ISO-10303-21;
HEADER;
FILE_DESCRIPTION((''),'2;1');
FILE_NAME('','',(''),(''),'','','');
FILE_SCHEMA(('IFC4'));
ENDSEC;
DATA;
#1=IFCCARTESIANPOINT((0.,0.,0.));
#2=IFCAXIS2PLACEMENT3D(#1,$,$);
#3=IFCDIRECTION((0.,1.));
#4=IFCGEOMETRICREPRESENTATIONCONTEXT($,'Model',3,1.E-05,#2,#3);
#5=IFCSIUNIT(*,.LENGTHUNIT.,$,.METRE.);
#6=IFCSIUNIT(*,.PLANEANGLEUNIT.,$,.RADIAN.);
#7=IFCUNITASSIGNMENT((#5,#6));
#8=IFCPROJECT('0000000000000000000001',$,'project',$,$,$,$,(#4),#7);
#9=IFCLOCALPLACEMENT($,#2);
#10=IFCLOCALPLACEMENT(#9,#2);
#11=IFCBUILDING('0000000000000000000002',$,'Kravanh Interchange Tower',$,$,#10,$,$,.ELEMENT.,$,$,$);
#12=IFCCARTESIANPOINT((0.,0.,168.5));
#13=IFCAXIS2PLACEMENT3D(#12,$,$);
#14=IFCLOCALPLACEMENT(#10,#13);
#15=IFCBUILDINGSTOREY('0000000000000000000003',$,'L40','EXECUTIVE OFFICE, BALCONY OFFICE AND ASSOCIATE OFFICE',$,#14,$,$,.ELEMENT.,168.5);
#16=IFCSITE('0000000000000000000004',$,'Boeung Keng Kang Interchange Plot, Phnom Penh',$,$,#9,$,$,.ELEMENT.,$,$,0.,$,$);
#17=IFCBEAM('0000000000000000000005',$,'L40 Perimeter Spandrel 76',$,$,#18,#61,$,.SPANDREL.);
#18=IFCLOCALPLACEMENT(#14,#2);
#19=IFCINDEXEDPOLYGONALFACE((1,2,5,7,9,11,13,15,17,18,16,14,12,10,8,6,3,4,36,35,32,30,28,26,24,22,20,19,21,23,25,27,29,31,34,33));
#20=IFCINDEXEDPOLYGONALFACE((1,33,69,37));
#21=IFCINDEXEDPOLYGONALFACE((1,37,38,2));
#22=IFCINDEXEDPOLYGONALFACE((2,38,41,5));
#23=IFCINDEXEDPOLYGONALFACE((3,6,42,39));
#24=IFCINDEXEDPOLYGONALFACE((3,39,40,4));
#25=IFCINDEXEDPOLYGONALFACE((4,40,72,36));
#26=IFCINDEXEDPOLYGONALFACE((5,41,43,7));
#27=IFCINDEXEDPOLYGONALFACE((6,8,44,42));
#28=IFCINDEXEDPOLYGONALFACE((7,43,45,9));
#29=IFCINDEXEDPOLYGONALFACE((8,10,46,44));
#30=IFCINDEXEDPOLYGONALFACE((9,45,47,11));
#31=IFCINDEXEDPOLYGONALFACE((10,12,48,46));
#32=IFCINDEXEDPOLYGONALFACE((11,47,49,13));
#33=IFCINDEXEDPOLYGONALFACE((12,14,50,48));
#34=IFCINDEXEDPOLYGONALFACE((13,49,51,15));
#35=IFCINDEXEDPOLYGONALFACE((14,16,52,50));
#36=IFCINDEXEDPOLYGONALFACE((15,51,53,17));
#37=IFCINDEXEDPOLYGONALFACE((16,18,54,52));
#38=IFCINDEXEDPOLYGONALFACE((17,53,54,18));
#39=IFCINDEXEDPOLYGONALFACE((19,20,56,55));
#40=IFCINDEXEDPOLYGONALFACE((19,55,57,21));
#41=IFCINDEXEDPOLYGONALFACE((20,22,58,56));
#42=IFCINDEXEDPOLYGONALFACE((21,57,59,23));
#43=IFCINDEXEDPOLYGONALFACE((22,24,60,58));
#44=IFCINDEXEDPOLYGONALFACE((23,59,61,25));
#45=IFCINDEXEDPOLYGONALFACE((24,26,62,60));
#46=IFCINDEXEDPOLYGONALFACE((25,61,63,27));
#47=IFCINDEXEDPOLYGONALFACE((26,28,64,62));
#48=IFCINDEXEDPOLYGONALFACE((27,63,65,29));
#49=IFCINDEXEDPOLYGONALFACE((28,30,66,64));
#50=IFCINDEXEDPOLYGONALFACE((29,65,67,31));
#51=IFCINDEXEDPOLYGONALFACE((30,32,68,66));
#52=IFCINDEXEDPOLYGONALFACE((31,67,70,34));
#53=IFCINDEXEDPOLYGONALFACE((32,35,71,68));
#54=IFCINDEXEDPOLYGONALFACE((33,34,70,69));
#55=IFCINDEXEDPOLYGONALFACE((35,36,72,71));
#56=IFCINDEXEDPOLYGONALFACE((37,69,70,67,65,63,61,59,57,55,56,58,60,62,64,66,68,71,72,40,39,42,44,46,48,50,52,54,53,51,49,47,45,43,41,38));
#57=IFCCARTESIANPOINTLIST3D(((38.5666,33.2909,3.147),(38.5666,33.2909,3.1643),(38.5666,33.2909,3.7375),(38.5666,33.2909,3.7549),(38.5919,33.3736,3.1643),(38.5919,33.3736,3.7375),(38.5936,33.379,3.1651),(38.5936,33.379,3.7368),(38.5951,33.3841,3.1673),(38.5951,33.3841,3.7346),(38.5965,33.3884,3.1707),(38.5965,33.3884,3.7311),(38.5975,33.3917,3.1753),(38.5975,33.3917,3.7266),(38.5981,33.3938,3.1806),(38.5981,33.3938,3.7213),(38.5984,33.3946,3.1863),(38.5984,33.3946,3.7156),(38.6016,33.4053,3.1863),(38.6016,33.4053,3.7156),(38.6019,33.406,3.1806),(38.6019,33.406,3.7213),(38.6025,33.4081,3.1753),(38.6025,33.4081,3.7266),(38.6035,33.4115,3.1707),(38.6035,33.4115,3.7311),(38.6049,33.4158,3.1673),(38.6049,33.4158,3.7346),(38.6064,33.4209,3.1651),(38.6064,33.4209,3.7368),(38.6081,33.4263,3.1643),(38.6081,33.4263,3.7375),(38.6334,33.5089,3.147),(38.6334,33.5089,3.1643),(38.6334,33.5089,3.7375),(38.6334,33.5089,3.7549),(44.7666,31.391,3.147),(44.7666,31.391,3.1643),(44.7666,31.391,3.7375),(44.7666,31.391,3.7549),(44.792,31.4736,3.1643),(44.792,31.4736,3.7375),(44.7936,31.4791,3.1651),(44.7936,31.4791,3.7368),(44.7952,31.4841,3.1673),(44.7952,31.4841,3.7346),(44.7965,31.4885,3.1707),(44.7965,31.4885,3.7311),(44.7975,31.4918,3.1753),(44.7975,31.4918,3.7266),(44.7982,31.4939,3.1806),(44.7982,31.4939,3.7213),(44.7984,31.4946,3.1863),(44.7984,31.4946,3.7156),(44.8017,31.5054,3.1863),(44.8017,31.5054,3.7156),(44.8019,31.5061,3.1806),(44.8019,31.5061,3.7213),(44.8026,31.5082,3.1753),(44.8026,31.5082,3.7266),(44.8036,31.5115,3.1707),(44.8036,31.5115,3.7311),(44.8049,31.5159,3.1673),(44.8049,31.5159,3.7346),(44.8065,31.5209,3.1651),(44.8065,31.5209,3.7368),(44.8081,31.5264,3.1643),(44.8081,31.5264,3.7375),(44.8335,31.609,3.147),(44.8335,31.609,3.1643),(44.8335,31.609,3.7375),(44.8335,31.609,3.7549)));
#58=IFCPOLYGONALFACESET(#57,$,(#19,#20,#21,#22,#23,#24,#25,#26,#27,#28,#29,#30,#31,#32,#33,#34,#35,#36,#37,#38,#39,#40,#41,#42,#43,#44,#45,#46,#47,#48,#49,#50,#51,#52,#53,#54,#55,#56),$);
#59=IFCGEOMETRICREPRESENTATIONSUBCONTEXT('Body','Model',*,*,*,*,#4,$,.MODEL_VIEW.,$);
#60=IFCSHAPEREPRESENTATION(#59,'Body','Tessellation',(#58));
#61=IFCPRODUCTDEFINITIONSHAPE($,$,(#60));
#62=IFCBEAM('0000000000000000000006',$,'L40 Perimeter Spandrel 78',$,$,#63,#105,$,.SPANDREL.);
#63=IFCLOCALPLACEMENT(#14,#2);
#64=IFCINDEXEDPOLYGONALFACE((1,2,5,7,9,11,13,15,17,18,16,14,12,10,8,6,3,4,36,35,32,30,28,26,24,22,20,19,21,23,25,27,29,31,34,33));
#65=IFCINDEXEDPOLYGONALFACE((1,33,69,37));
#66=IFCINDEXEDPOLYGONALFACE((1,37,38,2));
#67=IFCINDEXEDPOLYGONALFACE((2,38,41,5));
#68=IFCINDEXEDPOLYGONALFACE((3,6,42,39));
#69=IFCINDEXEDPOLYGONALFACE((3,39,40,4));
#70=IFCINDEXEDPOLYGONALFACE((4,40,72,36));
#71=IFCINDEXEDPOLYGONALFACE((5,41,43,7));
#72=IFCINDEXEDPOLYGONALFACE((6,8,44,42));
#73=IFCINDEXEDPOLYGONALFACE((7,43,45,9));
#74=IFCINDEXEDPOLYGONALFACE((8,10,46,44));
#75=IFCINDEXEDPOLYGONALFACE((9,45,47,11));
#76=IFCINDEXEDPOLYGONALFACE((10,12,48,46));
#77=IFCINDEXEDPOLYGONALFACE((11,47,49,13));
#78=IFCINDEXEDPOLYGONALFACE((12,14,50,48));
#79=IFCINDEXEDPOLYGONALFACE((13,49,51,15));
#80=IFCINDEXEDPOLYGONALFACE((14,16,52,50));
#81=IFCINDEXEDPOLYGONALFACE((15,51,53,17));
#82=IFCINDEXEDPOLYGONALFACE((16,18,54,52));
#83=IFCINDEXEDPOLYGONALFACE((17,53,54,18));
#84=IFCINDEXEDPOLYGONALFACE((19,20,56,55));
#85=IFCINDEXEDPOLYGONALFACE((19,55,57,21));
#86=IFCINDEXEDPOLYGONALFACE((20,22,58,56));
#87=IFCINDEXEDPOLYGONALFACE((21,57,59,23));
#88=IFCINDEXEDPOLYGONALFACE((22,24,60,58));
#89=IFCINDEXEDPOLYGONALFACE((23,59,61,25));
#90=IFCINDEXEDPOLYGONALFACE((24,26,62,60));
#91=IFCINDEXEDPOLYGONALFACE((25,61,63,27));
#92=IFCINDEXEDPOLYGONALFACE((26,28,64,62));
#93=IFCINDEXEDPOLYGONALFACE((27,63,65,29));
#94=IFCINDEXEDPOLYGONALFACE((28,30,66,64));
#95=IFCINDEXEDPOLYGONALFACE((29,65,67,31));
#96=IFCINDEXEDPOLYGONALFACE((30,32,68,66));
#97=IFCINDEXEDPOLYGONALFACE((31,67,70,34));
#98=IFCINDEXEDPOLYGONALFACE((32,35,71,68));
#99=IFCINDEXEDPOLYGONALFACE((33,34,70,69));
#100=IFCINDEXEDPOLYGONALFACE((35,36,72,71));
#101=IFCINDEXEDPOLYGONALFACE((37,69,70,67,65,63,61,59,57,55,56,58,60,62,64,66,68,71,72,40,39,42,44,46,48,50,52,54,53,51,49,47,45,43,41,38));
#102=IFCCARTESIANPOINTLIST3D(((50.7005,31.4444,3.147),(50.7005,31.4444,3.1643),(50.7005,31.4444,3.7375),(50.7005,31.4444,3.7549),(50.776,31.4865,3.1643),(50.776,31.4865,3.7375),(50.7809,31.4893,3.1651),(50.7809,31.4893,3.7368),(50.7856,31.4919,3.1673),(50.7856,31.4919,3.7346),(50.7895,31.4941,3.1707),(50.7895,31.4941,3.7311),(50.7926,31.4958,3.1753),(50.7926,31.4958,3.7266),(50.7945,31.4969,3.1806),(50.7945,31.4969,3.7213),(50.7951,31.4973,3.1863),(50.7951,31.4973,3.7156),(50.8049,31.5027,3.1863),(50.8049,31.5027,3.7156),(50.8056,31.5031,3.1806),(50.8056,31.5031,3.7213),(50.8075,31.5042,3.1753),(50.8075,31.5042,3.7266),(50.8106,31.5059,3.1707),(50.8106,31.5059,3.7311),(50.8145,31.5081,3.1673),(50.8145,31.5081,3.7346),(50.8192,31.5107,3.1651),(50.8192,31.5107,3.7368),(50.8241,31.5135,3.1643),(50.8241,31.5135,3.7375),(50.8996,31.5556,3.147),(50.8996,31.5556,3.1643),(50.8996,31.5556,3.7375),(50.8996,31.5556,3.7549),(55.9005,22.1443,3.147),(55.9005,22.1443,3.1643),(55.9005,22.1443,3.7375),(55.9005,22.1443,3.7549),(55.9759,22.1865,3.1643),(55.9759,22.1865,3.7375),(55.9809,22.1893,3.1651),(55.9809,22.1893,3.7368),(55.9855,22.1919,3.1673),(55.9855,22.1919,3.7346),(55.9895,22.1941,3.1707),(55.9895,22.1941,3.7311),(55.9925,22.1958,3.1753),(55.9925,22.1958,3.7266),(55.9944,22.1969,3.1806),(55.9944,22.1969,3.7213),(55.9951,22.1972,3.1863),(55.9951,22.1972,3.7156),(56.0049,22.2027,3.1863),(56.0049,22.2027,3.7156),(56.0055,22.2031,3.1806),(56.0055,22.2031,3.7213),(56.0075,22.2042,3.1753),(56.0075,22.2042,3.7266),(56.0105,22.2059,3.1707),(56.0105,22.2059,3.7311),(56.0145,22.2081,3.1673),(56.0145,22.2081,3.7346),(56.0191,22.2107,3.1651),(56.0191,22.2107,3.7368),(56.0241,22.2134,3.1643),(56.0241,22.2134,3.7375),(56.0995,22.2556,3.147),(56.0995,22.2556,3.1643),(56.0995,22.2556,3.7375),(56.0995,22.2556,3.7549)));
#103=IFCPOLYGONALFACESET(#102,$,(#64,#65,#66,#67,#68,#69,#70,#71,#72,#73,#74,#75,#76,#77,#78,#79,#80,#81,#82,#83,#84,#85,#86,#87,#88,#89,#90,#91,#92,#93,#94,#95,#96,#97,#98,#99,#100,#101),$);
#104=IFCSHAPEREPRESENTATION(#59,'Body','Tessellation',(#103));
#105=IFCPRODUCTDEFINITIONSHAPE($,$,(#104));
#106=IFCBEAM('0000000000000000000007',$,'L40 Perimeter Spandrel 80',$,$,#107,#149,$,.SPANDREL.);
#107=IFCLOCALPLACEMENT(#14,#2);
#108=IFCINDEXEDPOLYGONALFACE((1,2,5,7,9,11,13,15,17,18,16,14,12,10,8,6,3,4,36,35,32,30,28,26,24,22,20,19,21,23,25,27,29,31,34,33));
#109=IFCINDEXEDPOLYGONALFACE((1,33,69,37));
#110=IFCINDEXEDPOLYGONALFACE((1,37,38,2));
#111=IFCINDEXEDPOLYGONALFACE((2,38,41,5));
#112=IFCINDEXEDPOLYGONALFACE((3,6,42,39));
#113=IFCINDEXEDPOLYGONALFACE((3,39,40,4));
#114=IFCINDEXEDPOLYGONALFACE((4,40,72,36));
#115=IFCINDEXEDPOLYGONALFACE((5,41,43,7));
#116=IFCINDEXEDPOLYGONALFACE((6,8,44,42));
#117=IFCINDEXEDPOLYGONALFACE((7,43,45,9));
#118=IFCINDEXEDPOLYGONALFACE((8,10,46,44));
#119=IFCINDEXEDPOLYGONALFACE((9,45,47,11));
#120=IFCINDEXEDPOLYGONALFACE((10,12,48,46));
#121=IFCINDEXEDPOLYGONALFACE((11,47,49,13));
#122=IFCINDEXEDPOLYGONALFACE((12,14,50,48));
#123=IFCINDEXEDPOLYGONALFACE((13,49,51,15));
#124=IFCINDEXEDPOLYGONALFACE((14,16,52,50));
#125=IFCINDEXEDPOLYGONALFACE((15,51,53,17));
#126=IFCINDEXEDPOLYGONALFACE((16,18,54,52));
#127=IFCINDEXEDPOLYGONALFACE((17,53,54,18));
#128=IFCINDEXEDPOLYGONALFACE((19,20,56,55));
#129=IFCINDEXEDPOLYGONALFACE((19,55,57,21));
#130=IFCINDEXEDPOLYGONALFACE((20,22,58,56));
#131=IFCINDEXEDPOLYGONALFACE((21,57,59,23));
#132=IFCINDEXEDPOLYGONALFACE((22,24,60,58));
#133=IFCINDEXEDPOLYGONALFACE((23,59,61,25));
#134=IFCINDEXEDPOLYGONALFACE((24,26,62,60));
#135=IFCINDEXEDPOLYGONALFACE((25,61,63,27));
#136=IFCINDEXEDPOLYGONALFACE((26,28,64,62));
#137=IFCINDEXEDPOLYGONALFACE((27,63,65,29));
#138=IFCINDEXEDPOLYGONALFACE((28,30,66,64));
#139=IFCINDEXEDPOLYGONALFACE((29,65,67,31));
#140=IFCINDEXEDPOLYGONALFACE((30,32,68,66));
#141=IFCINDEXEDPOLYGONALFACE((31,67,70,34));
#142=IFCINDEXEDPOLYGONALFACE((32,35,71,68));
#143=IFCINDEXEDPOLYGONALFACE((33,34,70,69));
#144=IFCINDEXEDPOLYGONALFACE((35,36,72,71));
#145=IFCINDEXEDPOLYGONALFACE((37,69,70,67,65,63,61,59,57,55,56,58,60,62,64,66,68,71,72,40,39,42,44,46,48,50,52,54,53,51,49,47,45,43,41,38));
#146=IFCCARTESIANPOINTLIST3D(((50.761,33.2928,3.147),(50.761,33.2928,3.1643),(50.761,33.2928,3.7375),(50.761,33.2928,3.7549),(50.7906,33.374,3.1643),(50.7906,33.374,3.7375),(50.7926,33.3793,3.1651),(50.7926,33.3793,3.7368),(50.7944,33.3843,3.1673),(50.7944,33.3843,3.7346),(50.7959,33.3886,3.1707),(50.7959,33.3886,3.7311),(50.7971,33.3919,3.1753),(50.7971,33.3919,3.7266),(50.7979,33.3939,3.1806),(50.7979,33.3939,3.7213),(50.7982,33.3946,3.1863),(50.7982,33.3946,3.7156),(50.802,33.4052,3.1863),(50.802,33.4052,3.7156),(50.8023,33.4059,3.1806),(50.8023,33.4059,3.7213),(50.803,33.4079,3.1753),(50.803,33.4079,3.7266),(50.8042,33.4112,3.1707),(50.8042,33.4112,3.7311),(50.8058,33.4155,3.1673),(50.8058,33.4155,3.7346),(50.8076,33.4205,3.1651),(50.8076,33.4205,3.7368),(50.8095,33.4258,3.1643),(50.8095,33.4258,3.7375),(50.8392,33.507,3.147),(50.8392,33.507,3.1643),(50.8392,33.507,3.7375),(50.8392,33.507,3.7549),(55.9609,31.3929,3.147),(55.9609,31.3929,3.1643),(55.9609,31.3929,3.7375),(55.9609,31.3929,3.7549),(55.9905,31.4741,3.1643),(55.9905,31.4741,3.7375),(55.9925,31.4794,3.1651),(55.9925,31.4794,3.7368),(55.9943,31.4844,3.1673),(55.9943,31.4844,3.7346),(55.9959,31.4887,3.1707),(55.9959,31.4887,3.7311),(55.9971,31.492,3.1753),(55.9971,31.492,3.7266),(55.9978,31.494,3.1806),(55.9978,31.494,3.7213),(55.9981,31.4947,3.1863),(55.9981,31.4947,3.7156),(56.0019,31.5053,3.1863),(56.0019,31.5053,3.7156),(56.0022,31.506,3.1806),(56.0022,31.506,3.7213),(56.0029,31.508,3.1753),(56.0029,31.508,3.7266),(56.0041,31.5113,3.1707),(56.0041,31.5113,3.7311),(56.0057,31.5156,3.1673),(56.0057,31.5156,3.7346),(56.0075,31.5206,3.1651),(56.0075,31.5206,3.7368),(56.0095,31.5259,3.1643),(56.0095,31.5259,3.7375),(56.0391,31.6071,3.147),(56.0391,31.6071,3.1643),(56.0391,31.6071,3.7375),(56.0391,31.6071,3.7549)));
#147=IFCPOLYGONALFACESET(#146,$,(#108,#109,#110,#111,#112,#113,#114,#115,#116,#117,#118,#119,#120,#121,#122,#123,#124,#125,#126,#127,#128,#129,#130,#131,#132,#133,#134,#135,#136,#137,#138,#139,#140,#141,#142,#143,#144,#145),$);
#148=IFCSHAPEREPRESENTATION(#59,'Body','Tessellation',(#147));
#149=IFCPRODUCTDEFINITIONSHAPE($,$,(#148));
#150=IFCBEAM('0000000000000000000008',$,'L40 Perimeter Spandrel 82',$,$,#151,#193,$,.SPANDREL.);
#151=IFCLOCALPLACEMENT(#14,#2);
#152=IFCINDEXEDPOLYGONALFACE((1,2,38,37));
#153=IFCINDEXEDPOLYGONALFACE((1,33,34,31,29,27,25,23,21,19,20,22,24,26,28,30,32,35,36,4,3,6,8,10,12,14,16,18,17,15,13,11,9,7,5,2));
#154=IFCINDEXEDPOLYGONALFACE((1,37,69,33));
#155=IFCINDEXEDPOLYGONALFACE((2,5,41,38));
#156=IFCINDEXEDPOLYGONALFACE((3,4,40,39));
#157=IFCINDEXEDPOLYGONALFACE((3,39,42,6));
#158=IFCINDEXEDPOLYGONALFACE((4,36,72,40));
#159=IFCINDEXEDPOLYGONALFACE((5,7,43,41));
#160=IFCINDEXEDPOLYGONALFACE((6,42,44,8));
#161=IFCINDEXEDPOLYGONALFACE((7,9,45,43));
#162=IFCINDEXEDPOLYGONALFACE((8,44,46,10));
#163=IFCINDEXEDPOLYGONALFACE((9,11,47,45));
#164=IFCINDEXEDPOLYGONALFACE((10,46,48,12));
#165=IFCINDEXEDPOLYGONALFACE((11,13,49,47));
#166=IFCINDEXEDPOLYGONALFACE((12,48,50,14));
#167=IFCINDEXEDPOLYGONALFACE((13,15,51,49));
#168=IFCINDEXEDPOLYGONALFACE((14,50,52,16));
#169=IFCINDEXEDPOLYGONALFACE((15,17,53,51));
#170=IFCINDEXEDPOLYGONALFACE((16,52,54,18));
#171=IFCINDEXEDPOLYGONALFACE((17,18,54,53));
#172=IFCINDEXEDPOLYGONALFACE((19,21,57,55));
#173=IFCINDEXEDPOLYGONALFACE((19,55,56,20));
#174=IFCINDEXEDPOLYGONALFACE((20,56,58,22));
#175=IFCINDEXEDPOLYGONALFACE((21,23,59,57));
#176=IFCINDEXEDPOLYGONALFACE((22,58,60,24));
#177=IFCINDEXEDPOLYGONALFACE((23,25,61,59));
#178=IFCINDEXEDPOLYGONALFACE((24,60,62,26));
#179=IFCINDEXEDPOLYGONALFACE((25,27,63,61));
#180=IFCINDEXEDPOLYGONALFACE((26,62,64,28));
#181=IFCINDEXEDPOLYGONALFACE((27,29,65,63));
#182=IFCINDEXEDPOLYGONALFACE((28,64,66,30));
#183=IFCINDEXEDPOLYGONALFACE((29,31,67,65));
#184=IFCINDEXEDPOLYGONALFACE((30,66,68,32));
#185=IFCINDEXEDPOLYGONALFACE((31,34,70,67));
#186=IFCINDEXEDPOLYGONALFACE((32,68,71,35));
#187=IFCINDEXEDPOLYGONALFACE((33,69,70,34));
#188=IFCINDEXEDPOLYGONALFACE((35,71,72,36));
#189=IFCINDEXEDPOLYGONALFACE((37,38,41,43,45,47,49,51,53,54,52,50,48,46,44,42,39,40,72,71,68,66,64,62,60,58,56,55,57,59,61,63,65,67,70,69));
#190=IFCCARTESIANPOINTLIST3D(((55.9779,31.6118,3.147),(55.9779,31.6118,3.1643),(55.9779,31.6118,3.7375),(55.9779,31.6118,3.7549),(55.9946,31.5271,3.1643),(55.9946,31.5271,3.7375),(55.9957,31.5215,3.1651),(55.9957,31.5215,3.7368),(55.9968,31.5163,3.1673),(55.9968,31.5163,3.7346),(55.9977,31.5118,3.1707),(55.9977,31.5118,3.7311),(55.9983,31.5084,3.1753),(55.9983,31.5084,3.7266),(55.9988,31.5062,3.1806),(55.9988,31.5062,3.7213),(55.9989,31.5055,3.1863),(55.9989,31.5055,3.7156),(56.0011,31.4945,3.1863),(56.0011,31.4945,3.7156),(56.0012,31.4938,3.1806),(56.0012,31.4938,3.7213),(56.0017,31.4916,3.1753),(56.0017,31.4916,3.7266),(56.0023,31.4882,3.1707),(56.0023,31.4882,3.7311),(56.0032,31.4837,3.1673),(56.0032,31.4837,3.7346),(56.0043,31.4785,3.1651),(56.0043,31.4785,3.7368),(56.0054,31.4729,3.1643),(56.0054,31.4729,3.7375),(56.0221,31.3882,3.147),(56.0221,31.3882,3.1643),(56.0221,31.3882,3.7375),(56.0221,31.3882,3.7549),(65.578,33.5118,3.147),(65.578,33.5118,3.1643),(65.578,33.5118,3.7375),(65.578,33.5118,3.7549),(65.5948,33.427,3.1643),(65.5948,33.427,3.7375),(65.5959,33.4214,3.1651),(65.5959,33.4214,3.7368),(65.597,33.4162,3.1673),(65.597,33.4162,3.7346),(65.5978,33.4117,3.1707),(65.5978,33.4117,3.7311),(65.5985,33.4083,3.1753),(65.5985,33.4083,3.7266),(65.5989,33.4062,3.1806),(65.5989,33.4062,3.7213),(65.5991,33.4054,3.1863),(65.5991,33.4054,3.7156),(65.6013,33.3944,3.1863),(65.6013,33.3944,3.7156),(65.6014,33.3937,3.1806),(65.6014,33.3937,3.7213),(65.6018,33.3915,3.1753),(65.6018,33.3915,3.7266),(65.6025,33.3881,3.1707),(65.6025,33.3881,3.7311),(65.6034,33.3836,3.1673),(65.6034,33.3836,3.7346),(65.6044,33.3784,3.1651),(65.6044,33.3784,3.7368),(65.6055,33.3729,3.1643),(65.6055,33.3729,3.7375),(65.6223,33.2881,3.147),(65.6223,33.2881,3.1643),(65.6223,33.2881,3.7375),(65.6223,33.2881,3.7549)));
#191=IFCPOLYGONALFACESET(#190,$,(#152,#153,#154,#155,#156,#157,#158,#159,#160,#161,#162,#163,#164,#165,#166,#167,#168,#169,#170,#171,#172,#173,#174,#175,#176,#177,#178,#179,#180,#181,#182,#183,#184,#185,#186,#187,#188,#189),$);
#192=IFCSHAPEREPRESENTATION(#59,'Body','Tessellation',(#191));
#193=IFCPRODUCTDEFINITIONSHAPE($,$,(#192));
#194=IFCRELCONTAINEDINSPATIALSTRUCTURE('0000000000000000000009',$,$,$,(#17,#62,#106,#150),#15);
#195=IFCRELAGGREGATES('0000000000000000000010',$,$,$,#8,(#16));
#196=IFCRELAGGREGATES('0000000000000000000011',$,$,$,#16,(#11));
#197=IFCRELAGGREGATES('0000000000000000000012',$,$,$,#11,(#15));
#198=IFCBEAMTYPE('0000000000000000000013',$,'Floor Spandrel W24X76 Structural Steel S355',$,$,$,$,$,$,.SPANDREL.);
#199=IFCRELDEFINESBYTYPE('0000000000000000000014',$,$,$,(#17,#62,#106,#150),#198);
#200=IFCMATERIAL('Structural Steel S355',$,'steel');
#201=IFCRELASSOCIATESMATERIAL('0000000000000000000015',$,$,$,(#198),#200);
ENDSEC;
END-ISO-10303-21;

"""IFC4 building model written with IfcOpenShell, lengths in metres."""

from ifc_helpers import new_model, si_unit, direction, frame, origin, origin_2d, place, context, subcontext, project, spatial, i_section, extrude, material, material_profile, profile_set, type_object, element, save


model = new_model("IFC4")

# Units and contexts
model_context = context("Model", 3, precision=1e-05, world=origin(), true_north=direction((0.0, 1.0)))
body_context = subcontext(model_context, "Body", "Model", "MODEL_VIEW")
ifc_project = project(units=[si_unit("LENGTHUNIT", "METRE"), si_unit("PLANEANGLEUNIT", "RADIAN")], contexts=[model_context])

# Site, building, storey
site_placement = place(None, origin())
site = spatial("IfcSite", under=ifc_project, at=site_placement, Name="Boeung Keng Kang Interchange Plot, Phnom Penh", CompositionType="ELEMENT", RefElevation=0.0)
building_placement = place(site_placement, origin())
building = spatial("IfcBuilding", under=site, at=building_placement, Name="Kravanh Interchange Tower", CompositionType="ELEMENT")
storey_placement = place(building_placement, frame((0.0, 0.0, 168.5)))
storey = spatial("IfcBuildingStorey", under=building, at=storey_placement, Name="L40", Description="EXECUTIVE OFFICE, BALCONY OFFICE AND ASSOCIATE OFFICE", CompositionType="ELEMENT", Elevation=168.5)

# Beams
ifc_material_1 = material(Name="Structural Steel S355", Category="steel")
ifc_material_profile_1 = material_profile(ifc_material_1, i_section(OverallWidth=0.228, OverallDepth=0.6079, WebThickness=0.0112, FlangeThickness=0.0173, FilletRadius=0.022, at=origin_2d()), Name="W24X76")
ifc_profile_set_1 = profile_set([ifc_material_profile_1], Name="Structural Steel S355")
beam_type_1 = type_object("IfcBeamType", Name="Floor Spandrel W24X76 Structural Steel S355", PredefinedType="SPANDREL", material=ifc_profile_set_1)
beam_1_placement = place(storey_placement, frame((44.8, 31.5, 3.4509), z_axis=(-0.956115, 0.29299, 0.0), x_axis=(-0.29299, -0.956115, 0.0)))
element("IfcBeam", 1, at=beam_1_placement, inside=storey, type_object=beam_type_1, Name="L40 Perimeter Spandrel 76", PredefinedType="SPANDREL", context=body_context, shape_type="SweptSolid", body=[
    extrude(i_section(OverallWidth=0.228, OverallDepth=0.6079, WebThickness=0.0112, FlangeThickness=0.0173, FilletRadius=0.022, at=origin_2d()), origin(), (0.0, 0.0, 1.0), 6.4846),
])
beam_2_placement = place(storey_placement, frame((50.8, 31.5, 3.4509), z_axis=(0.488026, -0.872829, 0.0), x_axis=(0.872829, 0.488026, 0.0)))
element("IfcBeam", 2, at=beam_2_placement, inside=storey, type_object=beam_type_1, Name="L40 Perimeter Spandrel 78", PredefinedType="SPANDREL", context=body_context, shape_type="SweptSolid", body=[
    extrude(i_section(OverallWidth=0.228, OverallDepth=0.6079, WebThickness=0.0112, FlangeThickness=0.0173, FilletRadius=0.022, at=origin_2d()), origin(), (0.0, 0.0, 1.0), 10.655),
])
beam_3_placement = place(storey_placement, frame((56.0, 31.5, 3.4509), z_axis=(-0.93927, 0.34318, 0.0), x_axis=(-0.34318, -0.93927, 0.0)))
element("IfcBeam", 3, at=beam_3_placement, inside=storey, type_object=beam_type_1, Name="L40 Perimeter Spandrel 80", PredefinedType="SPANDREL", context=body_context, shape_type="SweptSolid", body=[
    extrude(i_section(OverallWidth=0.228, OverallDepth=0.6079, WebThickness=0.0112, FlangeThickness=0.0173, FilletRadius=0.022, at=origin_2d()), origin(), (0.0, 0.0, 1.0), 5.5361),
])
beam_4_placement = place(storey_placement, frame((56.0, 31.5, 3.4509), z_axis=(0.980974, 0.194139, 0.0), x_axis=(-0.194139, 0.980974, 0.0)))
element("IfcBeam", 4, at=beam_4_placement, inside=storey, type_object=beam_type_1, Name="L40 Perimeter Spandrel 82", PredefinedType="SPANDREL", context=body_context, shape_type="SweptSolid", body=[
    extrude(i_section(OverallWidth=0.228, OverallDepth=0.6079, WebThickness=0.0112, FlangeThickness=0.0173, FilletRadius=0.022, at=origin_2d()), origin(), (0.0, 0.0, 1.0), 9.7864),
])

save(model, "model.ifc")
